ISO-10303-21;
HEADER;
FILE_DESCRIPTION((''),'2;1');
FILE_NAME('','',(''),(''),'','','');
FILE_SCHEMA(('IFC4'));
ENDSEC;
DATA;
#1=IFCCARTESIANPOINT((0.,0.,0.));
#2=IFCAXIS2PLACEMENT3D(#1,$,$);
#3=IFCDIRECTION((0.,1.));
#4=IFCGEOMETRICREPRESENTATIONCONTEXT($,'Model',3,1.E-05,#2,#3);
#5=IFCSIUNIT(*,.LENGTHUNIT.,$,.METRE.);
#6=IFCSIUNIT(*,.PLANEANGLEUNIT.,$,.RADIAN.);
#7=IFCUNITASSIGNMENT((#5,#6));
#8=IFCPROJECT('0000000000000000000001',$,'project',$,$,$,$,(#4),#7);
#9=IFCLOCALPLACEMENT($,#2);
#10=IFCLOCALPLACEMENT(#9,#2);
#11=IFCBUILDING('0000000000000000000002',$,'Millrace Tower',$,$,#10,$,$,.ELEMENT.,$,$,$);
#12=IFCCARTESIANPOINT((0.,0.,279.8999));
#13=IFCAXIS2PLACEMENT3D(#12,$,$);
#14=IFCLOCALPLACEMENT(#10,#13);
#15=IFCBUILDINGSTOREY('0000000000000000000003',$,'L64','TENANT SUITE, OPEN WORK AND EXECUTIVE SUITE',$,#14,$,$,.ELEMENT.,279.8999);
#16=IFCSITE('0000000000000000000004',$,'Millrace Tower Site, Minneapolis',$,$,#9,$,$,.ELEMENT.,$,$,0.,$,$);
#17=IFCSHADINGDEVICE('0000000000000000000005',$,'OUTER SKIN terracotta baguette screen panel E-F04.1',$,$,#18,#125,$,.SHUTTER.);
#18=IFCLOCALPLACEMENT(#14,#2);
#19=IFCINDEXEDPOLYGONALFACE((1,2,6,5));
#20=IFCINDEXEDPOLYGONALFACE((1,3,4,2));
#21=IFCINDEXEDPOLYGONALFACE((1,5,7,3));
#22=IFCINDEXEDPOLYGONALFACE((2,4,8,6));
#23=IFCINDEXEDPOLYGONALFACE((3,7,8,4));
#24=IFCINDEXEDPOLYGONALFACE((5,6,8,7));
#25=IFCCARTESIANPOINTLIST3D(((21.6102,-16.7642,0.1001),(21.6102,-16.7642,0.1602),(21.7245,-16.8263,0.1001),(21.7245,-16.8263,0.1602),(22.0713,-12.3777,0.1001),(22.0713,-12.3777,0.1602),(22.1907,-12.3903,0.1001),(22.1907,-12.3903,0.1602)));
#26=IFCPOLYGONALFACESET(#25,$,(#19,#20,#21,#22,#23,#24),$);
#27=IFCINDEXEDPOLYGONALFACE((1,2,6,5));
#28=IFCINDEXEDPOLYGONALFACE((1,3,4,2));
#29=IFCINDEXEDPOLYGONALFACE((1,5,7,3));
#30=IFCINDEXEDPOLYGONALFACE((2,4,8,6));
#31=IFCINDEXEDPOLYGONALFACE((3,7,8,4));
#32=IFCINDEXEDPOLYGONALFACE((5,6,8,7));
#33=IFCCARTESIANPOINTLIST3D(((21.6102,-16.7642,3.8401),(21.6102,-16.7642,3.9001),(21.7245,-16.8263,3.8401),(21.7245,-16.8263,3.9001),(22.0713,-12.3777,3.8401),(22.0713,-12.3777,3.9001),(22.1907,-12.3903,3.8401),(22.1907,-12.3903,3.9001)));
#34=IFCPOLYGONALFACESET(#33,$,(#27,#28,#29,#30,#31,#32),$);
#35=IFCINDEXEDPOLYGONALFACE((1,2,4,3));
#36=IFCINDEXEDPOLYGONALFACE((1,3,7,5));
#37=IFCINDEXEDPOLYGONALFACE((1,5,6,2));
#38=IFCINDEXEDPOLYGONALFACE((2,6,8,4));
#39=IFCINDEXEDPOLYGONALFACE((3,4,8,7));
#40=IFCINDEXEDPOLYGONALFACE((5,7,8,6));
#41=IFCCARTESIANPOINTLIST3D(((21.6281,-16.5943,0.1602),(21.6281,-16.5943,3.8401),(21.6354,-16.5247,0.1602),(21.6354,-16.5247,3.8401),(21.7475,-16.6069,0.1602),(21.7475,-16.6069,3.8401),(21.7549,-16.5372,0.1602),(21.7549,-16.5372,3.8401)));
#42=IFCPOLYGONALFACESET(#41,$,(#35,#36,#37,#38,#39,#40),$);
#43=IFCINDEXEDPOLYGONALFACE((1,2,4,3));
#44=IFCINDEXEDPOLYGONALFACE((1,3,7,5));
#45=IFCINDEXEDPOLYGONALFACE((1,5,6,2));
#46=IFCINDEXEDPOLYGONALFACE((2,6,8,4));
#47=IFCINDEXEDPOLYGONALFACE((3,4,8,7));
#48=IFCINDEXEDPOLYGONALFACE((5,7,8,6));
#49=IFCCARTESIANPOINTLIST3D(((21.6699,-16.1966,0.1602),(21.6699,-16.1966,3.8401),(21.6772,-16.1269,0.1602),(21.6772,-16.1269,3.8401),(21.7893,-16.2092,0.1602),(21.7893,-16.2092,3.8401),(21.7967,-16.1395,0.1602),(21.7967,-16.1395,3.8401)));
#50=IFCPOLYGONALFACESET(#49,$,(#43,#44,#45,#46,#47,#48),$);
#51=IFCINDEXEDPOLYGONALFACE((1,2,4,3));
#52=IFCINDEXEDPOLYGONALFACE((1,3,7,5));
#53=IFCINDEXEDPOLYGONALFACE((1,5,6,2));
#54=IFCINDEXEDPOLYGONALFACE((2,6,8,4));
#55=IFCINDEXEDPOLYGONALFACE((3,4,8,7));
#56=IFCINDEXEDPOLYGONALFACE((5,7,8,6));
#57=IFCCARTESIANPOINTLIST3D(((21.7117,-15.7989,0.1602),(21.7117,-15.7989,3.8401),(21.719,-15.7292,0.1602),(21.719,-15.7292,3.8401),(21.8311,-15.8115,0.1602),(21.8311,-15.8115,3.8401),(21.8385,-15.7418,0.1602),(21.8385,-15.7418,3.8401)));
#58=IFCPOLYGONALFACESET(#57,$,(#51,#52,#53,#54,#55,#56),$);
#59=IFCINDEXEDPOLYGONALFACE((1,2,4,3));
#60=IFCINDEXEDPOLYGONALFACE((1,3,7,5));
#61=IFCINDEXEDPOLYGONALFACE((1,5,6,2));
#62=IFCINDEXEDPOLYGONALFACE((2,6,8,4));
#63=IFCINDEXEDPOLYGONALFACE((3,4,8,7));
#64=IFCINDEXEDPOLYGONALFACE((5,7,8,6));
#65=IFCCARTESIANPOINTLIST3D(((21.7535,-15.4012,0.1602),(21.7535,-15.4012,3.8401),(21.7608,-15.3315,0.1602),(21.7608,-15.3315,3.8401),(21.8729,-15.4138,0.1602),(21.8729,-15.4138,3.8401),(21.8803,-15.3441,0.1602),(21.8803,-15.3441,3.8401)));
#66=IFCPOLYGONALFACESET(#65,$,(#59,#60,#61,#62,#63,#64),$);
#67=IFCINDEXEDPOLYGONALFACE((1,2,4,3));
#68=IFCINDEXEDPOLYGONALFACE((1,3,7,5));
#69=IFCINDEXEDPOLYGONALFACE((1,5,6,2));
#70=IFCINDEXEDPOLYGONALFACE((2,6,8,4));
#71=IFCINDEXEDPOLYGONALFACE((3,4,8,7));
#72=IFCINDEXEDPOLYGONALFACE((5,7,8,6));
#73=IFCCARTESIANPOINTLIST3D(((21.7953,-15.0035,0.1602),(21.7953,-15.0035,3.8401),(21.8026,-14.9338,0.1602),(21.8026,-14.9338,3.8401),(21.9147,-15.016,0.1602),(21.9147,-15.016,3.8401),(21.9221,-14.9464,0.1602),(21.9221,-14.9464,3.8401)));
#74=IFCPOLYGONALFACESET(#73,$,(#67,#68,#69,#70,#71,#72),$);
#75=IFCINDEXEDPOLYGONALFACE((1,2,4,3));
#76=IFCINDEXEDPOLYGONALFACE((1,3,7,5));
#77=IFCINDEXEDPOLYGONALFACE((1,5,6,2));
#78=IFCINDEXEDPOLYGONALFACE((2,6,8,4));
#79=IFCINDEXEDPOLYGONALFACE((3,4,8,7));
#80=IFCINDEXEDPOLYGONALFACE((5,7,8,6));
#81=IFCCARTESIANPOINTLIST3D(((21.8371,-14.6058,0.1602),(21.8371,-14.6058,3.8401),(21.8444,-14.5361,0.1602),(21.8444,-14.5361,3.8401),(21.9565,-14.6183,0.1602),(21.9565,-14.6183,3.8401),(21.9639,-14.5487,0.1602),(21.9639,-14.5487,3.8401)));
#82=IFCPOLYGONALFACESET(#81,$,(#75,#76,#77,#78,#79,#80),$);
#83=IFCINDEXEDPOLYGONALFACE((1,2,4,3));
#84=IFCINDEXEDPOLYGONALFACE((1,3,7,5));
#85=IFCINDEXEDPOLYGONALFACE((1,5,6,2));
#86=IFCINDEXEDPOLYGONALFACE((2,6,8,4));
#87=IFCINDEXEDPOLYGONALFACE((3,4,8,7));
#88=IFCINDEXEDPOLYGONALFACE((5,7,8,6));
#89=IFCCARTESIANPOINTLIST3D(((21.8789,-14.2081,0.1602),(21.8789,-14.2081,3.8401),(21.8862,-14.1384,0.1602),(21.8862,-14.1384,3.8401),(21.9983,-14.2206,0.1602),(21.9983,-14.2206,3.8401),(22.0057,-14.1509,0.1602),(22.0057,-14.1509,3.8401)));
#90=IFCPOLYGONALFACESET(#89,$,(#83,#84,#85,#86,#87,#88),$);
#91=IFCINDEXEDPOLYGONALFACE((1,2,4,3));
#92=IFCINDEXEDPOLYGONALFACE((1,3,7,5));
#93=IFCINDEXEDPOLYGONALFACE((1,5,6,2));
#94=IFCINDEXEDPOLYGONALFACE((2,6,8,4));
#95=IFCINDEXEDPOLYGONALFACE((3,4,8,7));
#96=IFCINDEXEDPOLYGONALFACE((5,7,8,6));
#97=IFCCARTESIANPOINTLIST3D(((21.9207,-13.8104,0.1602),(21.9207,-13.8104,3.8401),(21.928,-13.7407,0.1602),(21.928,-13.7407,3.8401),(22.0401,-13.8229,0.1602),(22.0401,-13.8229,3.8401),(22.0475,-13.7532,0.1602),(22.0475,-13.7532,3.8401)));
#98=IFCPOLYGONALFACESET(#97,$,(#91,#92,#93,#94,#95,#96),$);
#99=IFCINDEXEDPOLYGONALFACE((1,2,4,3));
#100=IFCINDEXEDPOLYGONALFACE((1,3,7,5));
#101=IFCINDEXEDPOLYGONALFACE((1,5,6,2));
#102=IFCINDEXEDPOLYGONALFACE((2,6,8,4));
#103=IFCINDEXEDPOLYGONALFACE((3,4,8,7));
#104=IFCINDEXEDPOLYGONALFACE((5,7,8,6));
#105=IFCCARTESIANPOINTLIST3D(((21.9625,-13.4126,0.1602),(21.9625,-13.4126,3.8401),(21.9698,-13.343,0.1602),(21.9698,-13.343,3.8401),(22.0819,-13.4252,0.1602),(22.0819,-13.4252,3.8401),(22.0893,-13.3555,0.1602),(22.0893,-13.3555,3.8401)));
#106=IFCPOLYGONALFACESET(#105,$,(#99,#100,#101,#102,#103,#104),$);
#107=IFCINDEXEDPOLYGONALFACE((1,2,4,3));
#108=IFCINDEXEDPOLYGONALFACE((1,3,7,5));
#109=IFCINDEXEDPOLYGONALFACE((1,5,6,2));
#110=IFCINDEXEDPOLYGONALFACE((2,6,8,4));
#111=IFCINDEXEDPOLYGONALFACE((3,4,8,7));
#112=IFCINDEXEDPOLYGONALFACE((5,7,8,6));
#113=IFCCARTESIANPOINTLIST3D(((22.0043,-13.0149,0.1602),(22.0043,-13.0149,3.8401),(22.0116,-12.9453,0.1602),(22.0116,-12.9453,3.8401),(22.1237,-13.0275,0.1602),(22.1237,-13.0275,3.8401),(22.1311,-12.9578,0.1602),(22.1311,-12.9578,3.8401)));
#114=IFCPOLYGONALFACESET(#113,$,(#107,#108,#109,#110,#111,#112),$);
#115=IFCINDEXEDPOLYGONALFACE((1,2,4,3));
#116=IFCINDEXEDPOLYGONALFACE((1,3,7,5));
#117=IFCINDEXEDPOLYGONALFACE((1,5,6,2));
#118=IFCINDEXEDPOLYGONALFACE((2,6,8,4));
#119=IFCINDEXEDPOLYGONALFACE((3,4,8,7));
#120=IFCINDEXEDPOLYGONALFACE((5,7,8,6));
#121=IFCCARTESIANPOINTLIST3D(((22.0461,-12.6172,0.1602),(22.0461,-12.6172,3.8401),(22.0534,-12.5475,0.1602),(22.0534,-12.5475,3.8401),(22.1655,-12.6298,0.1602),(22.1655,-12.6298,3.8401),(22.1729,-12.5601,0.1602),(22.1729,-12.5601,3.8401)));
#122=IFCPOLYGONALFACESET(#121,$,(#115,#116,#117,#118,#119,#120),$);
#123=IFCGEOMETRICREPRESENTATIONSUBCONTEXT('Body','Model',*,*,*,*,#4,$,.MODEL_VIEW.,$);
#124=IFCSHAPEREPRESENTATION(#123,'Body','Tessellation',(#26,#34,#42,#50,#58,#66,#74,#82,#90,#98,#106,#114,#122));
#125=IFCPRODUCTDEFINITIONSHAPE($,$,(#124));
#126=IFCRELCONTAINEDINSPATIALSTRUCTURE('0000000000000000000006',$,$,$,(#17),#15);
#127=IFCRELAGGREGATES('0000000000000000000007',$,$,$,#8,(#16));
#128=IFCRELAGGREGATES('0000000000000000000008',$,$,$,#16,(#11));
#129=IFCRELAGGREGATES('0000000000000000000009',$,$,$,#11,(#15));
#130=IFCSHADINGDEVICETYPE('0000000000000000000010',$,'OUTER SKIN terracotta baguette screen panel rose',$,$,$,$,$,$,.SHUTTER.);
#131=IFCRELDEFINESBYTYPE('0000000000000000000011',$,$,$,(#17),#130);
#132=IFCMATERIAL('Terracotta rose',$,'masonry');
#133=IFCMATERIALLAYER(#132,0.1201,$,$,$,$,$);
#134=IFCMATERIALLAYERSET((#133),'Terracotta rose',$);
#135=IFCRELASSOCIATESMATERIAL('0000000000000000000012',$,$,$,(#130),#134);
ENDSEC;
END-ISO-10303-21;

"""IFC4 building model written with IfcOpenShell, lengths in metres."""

from ifc_helpers import new_model, entity, si_unit, direction, frame, frame_2d, origin, place, context, subcontext, project, spatial, rectangle, extrude, source, transform, mapped, material, layer, layer_set, type_object, element, save


model = new_model("IFC4")

# Units and contexts
model_context = context("Model", 3, precision=1e-05, world=origin(), true_north=direction((0.0, 1.0)))
body_context = subcontext(model_context, "Body", "Model", "MODEL_VIEW")
ifc_project = project(units=[si_unit("LENGTHUNIT", "METRE"), si_unit("PLANEANGLEUNIT", "RADIAN")], contexts=[model_context])

# Site, building, storey
site_placement = place(None, origin())
site = spatial("IfcSite", under=ifc_project, at=site_placement, Name="Millrace Tower Site, Minneapolis", CompositionType="ELEMENT", RefElevation=0.0)
building_placement = place(site_placement, origin())
building = spatial("IfcBuilding", under=site, at=building_placement, Name="Millrace Tower", CompositionType="ELEMENT")
storey_placement = place(building_placement, frame((0.0, 0.0, 279.8999)))
storey = spatial("IfcBuildingStorey", under=building, at=storey_placement, Name="L64", Description="TENANT SUITE, OPEN WORK AND EXECUTIVE SUITE", CompositionType="ELEMENT", Elevation=279.8999)

# Shading device
ifc_material_1 = material(Name="Terracotta rose", Category="masonry")
ifc_layer_1 = layer(ifc_material_1, 0.1201)
ifc_layer_set_1 = layer_set([ifc_layer_1], Name="Terracotta rose")
shading_device_type = type_object("IfcShadingDeviceType", Name="OUTER SKIN terracotta baguette screen panel rose", PredefinedType="SHUTTER", material=ifc_layer_set_1)
cartesian_point_1 = entity("IfcCartesianPoint", [-2.1929, 0.0601])
shared_polyline_1 = entity("IfcPolyline", [cartesian_point_1, entity("IfcCartesianPoint", [2.2178, 0.0601]), entity("IfcCartesianPoint", [2.2178, -0.0601]), entity("IfcCartesianPoint", [-2.2427, -0.0601]), cartesian_point_1])
shared_shape_1 = source(origin(), body_context, "Body", "SweptSolid", [
    entity("IfcExtrudedAreaSolid", entity("IfcArbitraryClosedProfileDef", "AREA", None, shared_polyline_1), entity("IfcAxis2Placement3D", entity("IfcCartesianPoint", [0.0, 0.0, 0.0])), entity("IfcDirection", [0.0, 0.0, 1.0]), 0.0601),
    entity("IfcExtrudedAreaSolid", entity("IfcArbitraryClosedProfileDef", "AREA", None, shared_polyline_1), entity("IfcAxis2Placement3D", entity("IfcCartesianPoint", [0.0, 0.0, 3.74])), entity("IfcDirection", [0.0, 0.0, 1.0]), 0.0601),
    extrude(rectangle(XDim=0.0701, YDim=0.1201, at=frame_2d((-1.9871, 0.0))), frame((0.0, 0.0, 0.0601)), (0.0, 0.0, 1.0), 3.6799),
    extrude(rectangle(XDim=0.0701, YDim=0.1201, at=frame_2d((-1.5872, 0.0))), frame((0.0, 0.0, 0.0601)), (0.0, 0.0, 1.0), 3.6799),
    extrude(rectangle(XDim=0.0701, YDim=0.1201, at=frame_2d((-1.1873, 0.0))), frame((0.0, 0.0, 0.0601)), (0.0, 0.0, 1.0), 3.6799),
    extrude(rectangle(XDim=0.0701, YDim=0.1201, at=frame_2d((-0.7874, 0.0))), frame((0.0, 0.0, 0.0601)), (0.0, 0.0, 1.0), 3.6799),
    extrude(rectangle(XDim=0.0701, YDim=0.1201, at=frame_2d((-0.3875, 0.0))), frame((0.0, 0.0, 0.0601)), (0.0, 0.0, 1.0), 3.6799),
    extrude(rectangle(XDim=0.0701, YDim=0.1201, at=frame_2d((0.0125, 0.0))), frame((0.0, 0.0, 0.0601)), (0.0, 0.0, 1.0), 3.6799),
    extrude(rectangle(XDim=0.0701, YDim=0.1201, at=frame_2d((0.4124, 0.0))), frame((0.0, 0.0, 0.0601)), (0.0, 0.0, 1.0), 3.6799),
    extrude(rectangle(XDim=0.0701, YDim=0.1201, at=frame_2d((0.8123, 0.0))), frame((0.0, 0.0, 0.0601)), (0.0, 0.0, 1.0), 3.6799),
    extrude(rectangle(XDim=0.0701, YDim=0.1201, at=frame_2d((1.2122, 0.0))), frame((0.0, 0.0, 0.0601)), (0.0, 0.0, 1.0), 3.6799),
    extrude(rectangle(XDim=0.0701, YDim=0.1201, at=frame_2d((1.6121, 0.0))), frame((0.0, 0.0, 0.0601)), (0.0, 0.0, 1.0), 3.6799),
    extrude(rectangle(XDim=0.0701, YDim=0.1201, at=frame_2d((2.012, 0.0))), frame((0.0, 0.0, 0.0601)), (0.0, 0.0, 1.0), 3.6799),
])
shading_device_1_placement = place(storey_placement, frame((21.8992, -14.5896, 0.1001), z_axis=(0.0, 0.0, 1.0), x_axis=(0.104528, 0.994522, 0.0)))
element("IfcShadingDevice", 1, at=shading_device_1_placement, inside=storey, type_object=shading_device_type, Name="OUTER SKIN terracotta baguette screen panel E-F04.1", PredefinedType="SHUTTER", context=body_context, shape_type="MappedRepresentation", body=[
    mapped(shared_shape_1, transform((0.0, 0.0, 0.0), scale=1.0)),
])

save(model, "model.ifc")
